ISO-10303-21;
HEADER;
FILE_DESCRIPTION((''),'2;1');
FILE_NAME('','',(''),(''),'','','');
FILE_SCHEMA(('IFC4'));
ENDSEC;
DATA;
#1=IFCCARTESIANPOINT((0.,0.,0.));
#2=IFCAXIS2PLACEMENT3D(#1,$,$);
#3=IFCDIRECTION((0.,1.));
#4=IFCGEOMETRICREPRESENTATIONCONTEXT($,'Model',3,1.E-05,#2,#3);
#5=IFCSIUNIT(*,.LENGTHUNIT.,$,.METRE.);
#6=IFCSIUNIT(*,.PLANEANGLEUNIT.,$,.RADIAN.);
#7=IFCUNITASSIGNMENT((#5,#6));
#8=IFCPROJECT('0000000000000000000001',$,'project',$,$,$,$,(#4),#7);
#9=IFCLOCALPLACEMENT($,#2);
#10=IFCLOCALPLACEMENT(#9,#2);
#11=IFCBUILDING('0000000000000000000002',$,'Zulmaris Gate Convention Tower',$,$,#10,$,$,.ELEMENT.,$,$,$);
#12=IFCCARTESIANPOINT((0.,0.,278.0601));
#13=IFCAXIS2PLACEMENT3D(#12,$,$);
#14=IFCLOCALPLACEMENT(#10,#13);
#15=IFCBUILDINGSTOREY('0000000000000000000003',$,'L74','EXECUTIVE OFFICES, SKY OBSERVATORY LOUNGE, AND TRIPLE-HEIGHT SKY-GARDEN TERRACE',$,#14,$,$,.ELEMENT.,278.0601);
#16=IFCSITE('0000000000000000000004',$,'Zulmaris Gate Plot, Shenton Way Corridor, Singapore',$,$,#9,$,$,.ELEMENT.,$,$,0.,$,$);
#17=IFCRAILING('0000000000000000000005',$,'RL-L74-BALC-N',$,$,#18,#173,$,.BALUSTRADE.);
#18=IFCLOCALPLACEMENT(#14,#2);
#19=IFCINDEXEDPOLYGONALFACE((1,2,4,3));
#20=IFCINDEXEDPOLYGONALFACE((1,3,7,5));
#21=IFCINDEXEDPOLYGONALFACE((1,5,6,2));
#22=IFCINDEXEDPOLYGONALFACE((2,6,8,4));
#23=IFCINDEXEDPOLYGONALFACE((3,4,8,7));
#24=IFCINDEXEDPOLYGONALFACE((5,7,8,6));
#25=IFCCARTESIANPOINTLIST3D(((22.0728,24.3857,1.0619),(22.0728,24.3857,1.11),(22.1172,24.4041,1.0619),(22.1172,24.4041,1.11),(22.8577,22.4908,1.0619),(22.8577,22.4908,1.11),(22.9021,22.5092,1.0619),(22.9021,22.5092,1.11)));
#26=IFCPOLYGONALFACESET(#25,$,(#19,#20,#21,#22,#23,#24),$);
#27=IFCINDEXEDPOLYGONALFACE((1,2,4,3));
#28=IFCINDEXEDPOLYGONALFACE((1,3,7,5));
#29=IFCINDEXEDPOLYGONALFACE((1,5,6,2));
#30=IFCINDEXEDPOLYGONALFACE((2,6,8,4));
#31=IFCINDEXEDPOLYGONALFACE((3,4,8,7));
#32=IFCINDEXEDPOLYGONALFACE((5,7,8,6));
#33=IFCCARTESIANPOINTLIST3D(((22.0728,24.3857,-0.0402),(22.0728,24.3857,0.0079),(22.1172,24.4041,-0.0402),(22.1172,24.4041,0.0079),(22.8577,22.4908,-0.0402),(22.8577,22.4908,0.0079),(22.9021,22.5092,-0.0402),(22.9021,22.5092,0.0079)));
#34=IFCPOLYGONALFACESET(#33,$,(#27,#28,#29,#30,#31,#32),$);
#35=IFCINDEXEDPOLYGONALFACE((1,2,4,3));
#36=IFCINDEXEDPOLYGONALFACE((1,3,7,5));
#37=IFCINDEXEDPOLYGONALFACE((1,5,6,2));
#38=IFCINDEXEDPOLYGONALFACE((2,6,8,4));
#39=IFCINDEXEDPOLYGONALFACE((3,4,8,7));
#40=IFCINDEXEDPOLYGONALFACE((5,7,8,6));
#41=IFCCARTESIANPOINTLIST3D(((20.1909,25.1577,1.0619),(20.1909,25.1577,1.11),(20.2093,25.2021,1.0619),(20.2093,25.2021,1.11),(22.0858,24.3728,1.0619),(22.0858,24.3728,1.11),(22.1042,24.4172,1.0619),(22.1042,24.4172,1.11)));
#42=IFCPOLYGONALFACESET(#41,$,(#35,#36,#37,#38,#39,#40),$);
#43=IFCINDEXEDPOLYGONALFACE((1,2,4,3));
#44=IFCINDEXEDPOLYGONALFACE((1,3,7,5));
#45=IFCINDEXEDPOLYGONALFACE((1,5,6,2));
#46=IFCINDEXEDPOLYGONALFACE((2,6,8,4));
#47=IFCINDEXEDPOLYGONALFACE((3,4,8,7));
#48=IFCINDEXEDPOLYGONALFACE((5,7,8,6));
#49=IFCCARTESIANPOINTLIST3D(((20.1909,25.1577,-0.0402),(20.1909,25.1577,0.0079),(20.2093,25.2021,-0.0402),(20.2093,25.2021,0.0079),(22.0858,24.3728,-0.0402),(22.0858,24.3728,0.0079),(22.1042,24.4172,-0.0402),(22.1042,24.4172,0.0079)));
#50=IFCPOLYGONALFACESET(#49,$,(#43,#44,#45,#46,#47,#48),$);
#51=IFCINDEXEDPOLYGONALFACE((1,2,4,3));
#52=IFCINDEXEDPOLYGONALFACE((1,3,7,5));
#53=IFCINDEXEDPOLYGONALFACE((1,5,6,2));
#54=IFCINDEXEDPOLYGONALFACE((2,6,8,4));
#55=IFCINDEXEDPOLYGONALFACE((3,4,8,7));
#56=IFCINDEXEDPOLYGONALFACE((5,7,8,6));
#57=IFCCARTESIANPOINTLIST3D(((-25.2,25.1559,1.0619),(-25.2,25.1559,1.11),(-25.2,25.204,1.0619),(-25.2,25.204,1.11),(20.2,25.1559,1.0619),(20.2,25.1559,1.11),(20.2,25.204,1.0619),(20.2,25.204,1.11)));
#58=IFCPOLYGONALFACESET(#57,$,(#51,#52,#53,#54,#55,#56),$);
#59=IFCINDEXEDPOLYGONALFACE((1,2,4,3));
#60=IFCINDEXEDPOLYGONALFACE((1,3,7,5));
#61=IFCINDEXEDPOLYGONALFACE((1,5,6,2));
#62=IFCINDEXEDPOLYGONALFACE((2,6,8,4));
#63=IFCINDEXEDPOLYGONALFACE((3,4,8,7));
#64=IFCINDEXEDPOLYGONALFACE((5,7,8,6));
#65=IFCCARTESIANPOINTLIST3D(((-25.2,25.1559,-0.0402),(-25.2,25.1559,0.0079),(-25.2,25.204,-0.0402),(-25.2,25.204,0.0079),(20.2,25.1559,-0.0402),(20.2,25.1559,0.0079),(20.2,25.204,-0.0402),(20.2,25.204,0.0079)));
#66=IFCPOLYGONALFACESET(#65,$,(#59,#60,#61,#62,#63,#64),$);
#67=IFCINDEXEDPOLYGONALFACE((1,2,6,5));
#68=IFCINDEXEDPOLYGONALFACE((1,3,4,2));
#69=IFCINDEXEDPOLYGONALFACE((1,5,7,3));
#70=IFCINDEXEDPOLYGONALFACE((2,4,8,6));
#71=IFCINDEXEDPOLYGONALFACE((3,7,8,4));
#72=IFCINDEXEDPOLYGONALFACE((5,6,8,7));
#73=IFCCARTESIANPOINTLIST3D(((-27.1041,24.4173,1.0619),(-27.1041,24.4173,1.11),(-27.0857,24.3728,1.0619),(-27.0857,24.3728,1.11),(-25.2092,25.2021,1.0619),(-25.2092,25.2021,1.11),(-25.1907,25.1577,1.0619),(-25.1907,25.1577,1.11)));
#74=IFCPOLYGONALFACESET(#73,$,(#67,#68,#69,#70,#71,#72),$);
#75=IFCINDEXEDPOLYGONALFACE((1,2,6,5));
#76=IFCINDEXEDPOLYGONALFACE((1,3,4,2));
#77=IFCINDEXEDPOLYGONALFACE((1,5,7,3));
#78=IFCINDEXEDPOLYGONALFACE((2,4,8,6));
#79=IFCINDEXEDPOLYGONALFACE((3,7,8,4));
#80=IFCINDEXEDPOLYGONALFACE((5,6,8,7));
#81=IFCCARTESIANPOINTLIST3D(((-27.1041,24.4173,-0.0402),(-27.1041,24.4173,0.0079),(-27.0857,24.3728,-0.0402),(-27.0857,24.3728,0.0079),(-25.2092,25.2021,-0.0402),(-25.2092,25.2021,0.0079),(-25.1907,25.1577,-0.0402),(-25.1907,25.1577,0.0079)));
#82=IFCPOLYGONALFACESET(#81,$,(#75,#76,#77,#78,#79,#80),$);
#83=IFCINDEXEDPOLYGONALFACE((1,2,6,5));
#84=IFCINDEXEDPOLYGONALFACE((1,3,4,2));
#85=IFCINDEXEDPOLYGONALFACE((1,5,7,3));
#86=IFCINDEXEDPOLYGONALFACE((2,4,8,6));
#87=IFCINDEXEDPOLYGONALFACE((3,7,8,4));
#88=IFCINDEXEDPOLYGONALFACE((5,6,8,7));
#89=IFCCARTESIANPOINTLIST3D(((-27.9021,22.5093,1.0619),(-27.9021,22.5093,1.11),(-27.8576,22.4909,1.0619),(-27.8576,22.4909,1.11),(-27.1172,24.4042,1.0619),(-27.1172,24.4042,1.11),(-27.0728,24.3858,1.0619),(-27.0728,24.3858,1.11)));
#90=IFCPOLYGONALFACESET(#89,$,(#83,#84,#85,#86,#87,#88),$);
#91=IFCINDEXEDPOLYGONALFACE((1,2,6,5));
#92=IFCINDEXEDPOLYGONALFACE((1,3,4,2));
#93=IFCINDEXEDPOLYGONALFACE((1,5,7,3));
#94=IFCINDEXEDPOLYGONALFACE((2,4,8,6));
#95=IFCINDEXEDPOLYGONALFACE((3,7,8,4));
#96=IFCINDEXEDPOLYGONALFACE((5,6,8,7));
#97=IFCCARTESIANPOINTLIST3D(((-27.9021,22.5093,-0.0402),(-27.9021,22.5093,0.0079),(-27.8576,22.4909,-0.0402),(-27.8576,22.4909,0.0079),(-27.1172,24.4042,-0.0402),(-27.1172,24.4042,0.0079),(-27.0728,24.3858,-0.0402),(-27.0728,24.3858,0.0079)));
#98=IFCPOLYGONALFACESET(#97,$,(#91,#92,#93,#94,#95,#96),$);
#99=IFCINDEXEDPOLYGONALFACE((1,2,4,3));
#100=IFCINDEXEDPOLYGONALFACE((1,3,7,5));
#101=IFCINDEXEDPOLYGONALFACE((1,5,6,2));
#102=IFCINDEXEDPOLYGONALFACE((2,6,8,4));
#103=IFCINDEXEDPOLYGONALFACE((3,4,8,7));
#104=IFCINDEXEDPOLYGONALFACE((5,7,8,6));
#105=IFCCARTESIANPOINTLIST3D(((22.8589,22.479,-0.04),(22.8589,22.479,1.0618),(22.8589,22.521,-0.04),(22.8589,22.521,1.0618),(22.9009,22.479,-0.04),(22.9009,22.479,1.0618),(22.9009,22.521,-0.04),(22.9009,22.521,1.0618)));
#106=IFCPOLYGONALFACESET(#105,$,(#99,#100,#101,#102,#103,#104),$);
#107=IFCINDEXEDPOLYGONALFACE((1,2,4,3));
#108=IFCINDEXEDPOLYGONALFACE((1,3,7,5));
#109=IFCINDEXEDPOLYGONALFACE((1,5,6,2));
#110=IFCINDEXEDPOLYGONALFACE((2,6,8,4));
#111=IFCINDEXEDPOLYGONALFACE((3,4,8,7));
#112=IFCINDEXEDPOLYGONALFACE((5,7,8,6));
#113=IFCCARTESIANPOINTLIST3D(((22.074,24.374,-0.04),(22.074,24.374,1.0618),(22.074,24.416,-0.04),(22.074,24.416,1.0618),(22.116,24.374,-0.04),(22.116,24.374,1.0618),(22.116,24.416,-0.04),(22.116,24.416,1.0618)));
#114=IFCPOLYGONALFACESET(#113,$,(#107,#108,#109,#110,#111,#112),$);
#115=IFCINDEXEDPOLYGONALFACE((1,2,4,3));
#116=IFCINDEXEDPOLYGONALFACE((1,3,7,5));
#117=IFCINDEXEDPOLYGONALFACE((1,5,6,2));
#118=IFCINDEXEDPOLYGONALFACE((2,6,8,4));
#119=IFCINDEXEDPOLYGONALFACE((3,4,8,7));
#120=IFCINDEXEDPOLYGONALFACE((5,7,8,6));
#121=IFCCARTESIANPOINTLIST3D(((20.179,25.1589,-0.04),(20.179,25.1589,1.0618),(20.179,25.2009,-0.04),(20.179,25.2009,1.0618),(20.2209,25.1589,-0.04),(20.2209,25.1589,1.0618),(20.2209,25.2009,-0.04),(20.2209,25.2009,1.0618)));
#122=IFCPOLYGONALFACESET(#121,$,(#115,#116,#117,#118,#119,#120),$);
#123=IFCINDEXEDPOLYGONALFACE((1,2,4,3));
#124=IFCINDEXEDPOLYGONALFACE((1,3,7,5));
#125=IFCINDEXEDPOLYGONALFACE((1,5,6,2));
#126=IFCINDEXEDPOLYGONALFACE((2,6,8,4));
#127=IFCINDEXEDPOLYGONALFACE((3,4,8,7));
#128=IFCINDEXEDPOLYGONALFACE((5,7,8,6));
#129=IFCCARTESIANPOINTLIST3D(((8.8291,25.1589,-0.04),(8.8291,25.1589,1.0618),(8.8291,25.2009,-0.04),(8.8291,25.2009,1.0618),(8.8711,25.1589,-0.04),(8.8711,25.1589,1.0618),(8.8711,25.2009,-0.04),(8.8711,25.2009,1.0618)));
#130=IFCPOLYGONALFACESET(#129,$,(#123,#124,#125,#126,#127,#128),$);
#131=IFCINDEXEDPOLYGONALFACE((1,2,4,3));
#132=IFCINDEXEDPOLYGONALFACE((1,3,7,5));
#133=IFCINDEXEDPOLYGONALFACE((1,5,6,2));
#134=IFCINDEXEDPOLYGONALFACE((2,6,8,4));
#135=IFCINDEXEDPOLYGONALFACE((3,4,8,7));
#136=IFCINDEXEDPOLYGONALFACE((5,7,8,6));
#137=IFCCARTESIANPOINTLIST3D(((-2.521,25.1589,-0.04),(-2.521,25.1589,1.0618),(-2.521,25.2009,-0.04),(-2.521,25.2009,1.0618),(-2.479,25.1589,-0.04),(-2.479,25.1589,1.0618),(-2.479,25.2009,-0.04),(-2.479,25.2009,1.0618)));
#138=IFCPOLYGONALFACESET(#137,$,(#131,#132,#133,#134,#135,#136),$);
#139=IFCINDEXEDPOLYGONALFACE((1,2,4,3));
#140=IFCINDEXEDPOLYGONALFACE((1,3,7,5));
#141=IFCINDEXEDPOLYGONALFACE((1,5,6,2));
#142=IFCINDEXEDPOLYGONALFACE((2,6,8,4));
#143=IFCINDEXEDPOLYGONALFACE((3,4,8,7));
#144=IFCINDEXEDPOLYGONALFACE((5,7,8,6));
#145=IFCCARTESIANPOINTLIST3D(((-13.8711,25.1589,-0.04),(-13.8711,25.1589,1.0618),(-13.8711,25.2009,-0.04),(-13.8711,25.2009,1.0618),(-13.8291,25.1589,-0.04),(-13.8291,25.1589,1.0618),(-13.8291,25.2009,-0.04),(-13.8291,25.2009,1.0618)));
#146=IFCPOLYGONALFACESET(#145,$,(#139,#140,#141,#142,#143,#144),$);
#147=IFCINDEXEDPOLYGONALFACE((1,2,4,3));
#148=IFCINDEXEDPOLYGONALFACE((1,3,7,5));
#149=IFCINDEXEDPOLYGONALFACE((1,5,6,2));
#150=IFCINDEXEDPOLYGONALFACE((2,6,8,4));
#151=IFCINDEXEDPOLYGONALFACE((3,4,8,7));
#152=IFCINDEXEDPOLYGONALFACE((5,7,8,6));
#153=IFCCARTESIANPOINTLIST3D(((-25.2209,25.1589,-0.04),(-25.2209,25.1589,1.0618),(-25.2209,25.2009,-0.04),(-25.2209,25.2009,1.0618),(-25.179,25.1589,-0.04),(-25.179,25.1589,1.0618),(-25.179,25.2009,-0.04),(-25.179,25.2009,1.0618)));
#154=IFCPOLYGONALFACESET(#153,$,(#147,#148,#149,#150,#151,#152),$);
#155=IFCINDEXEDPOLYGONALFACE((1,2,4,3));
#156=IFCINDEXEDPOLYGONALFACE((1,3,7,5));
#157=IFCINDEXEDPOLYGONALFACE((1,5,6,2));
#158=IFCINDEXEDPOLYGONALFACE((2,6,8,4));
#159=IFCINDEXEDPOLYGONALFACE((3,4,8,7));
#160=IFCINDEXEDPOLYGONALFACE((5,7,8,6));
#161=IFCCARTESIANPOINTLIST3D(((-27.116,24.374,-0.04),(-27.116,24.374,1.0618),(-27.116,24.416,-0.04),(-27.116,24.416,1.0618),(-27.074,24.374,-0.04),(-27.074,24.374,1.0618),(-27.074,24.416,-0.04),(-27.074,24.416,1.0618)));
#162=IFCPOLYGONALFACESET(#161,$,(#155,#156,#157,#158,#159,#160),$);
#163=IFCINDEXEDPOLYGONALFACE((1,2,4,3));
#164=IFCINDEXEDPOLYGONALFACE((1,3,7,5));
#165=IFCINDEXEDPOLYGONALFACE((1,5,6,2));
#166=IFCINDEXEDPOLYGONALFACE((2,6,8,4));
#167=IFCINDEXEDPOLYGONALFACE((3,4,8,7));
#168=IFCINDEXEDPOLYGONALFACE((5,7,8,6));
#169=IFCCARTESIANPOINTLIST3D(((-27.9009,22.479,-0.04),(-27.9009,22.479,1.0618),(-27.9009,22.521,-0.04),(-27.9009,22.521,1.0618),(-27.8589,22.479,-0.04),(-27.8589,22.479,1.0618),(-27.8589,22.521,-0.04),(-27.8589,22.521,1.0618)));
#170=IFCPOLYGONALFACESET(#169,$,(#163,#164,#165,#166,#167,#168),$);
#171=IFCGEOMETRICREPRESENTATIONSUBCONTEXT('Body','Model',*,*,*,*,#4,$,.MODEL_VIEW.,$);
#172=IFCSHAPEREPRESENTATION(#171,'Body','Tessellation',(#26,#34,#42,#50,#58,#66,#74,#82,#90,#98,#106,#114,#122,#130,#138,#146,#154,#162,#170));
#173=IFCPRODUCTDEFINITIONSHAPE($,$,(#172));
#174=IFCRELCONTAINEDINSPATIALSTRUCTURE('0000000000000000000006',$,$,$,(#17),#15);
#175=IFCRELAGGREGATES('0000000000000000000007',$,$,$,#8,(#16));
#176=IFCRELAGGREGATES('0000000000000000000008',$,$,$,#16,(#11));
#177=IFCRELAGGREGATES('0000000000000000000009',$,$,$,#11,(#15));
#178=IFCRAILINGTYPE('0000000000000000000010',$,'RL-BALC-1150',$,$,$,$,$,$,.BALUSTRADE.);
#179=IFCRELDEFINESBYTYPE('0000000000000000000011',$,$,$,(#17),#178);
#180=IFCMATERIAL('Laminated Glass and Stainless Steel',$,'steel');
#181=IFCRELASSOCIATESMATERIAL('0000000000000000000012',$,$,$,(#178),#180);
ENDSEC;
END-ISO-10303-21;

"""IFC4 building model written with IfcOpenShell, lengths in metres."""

from ifc_helpers import new_model, si_unit, direction, frame, origin, origin_2d, place, context, subcontext, project, spatial, rectangle, extrude, material, type_object, element, save


model = new_model("IFC4")

# Units and contexts
model_context = context("Model", 3, precision=1e-05, world=origin(), true_north=direction((0.0, 1.0)))
body_context = subcontext(model_context, "Body", "Model", "MODEL_VIEW")
ifc_project = project(units=[si_unit("LENGTHUNIT", "METRE"), si_unit("PLANEANGLEUNIT", "RADIAN")], contexts=[model_context])

# Site, building, storey
site_placement = place(None, origin())
site = spatial("IfcSite", under=ifc_project, at=site_placement, Name="Zulmaris Gate Plot, Shenton Way Corridor, Singapore", CompositionType="ELEMENT", RefElevation=0.0)
building_placement = place(site_placement, origin())
building = spatial("IfcBuilding", under=site, at=building_placement, Name="Zulmaris Gate Convention Tower", CompositionType="ELEMENT")
storey_placement = place(building_placement, frame((0.0, 0.0, 278.0601)))
storey = spatial("IfcBuildingStorey", under=building, at=storey_placement, Name="L74", Description="EXECUTIVE OFFICES, SKY OBSERVATORY LOUNGE, AND TRIPLE-HEIGHT SKY-GARDEN TERRACE", CompositionType="ELEMENT", Elevation=278.0601)

# Railing
ifc_material_1 = material(Name="Laminated Glass and Stainless Steel", Category="steel")
railing_type = type_object("IfcRailingType", Name="RL-BALC-1150", PredefinedType="BALUSTRADE", material=ifc_material_1)
railing_placement = place(storey_placement, frame((22.8799, 22.5, -0.04)))
element("IfcRailing", 1, at=railing_placement, inside=storey, type_object=railing_type, Name="RL-L74-BALC-N", PredefinedType="BALUSTRADE", context=body_context, shape_type="SweptSolid", body=[
    extrude(rectangle(XDim=0.0481, YDim=0.0481, at=origin_2d()), frame((0.0, 0.0, 1.126), z_axis=(-0.382671, 0.923885, 0.0), x_axis=(-0.923885, -0.382671, 0.0)), (0.0, 0.0, 1.0), 2.051),
    extrude(rectangle(XDim=0.0481, YDim=0.0481, at=origin_2d()), frame((0.0, 0.0, 0.0239), z_axis=(-0.382671, 0.923885, 0.0), x_axis=(-0.923885, -0.382671, 0.0)), (0.0, 0.0, 1.0), 2.051),
    extrude(rectangle(XDim=0.0481, YDim=0.0481, at=origin_2d()), frame((-0.7849, 1.895, 1.126), z_axis=(-0.923885, 0.382671, 0.0), x_axis=(-0.382671, -0.923885, 0.0)), (0.0, 0.0, 1.0), 2.051),
    extrude(rectangle(XDim=0.0481, YDim=0.0481, at=origin_2d()), frame((-0.7849, 1.895, 0.0239), z_axis=(-0.923885, 0.382671, 0.0), x_axis=(-0.382671, -0.923885, 0.0)), (0.0, 0.0, 1.0), 2.051),
    extrude(rectangle(XDim=0.0481, YDim=0.0481, at=origin_2d()), frame((-2.6799, 2.6799, 1.126), z_axis=(-1.0, 0.0, 0.0), x_axis=(0.0, -1.0, 0.0)), (0.0, 0.0, 1.0), 45.3999),
    extrude(rectangle(XDim=0.0481, YDim=0.0481, at=origin_2d()), frame((-2.6799, 2.6799, 0.0239), z_axis=(-1.0, 0.0, 0.0), x_axis=(0.0, -1.0, 0.0)), (0.0, 0.0, 1.0), 45.3999),
    extrude(rectangle(XDim=0.0481, YDim=0.0481, at=origin_2d()), frame((-48.0798, 2.6799, 1.126), z_axis=(-0.923885, -0.382671, 0.0), x_axis=(0.382671, -0.923885, 0.0)), (0.0, 0.0, 1.0), 2.051),
    extrude(rectangle(XDim=0.0481, YDim=0.0481, at=origin_2d()), frame((-48.0798, 2.6799, 0.0239), z_axis=(-0.923885, -0.382671, 0.0), x_axis=(0.382671, -0.923885, 0.0)), (0.0, 0.0, 1.0), 2.051),
    extrude(rectangle(XDim=0.0481, YDim=0.0481, at=origin_2d()), frame((-49.9749, 1.895, 1.126), z_axis=(-0.382671, -0.923885, 0.0), x_axis=(0.923885, -0.382671, 0.0)), (0.0, 0.0, 1.0), 2.051),
    extrude(rectangle(XDim=0.0481, YDim=0.0481, at=origin_2d()), frame((-49.9749, 1.895, 0.0239), z_axis=(-0.382671, -0.923885, 0.0), x_axis=(0.923885, -0.382671, 0.0)), (0.0, 0.0, 1.0), 2.051),
    extrude(rectangle(XDim=0.042, YDim=0.042, at=origin_2d()), origin(), (0.0, 0.0, 1.0), 1.1018),
    extrude(rectangle(XDim=0.042, YDim=0.042, at=origin_2d()), frame((-0.7849, 1.895, 0.0)), (0.0, 0.0, 1.0), 1.1018),
    extrude(rectangle(XDim=0.042, YDim=0.042, at=origin_2d()), frame((-2.6799, 2.6799, 0.0)), (0.0, 0.0, 1.0), 1.1018),
    extrude(rectangle(XDim=0.042, YDim=0.042, at=origin_2d()), frame((-14.0298, 2.6799, 0.0)), (0.0, 0.0, 1.0), 1.1018),
    extrude(rectangle(XDim=0.042, YDim=0.042, at=origin_2d()), frame((-25.3799, 2.6799, 0.0)), (0.0, 0.0, 1.0), 1.1018),
    extrude(rectangle(XDim=0.042, YDim=0.042, at=origin_2d()), frame((-36.73, 2.6799, 0.0)), (0.0, 0.0, 1.0), 1.1018),
    extrude(rectangle(XDim=0.042, YDim=0.042, at=origin_2d()), frame((-48.0798, 2.6799, 0.0)), (0.0, 0.0, 1.0), 1.1018),
    extrude(rectangle(XDim=0.042, YDim=0.042, at=origin_2d()), frame((-49.9749, 1.895, 0.0)), (0.0, 0.0, 1.0), 1.1018),
    extrude(rectangle(XDim=0.042, YDim=0.042, at=origin_2d()), frame((-50.7598, 0.0, 0.0)), (0.0, 0.0, 1.0), 1.1018),
])

save(model, "model.ifc")
